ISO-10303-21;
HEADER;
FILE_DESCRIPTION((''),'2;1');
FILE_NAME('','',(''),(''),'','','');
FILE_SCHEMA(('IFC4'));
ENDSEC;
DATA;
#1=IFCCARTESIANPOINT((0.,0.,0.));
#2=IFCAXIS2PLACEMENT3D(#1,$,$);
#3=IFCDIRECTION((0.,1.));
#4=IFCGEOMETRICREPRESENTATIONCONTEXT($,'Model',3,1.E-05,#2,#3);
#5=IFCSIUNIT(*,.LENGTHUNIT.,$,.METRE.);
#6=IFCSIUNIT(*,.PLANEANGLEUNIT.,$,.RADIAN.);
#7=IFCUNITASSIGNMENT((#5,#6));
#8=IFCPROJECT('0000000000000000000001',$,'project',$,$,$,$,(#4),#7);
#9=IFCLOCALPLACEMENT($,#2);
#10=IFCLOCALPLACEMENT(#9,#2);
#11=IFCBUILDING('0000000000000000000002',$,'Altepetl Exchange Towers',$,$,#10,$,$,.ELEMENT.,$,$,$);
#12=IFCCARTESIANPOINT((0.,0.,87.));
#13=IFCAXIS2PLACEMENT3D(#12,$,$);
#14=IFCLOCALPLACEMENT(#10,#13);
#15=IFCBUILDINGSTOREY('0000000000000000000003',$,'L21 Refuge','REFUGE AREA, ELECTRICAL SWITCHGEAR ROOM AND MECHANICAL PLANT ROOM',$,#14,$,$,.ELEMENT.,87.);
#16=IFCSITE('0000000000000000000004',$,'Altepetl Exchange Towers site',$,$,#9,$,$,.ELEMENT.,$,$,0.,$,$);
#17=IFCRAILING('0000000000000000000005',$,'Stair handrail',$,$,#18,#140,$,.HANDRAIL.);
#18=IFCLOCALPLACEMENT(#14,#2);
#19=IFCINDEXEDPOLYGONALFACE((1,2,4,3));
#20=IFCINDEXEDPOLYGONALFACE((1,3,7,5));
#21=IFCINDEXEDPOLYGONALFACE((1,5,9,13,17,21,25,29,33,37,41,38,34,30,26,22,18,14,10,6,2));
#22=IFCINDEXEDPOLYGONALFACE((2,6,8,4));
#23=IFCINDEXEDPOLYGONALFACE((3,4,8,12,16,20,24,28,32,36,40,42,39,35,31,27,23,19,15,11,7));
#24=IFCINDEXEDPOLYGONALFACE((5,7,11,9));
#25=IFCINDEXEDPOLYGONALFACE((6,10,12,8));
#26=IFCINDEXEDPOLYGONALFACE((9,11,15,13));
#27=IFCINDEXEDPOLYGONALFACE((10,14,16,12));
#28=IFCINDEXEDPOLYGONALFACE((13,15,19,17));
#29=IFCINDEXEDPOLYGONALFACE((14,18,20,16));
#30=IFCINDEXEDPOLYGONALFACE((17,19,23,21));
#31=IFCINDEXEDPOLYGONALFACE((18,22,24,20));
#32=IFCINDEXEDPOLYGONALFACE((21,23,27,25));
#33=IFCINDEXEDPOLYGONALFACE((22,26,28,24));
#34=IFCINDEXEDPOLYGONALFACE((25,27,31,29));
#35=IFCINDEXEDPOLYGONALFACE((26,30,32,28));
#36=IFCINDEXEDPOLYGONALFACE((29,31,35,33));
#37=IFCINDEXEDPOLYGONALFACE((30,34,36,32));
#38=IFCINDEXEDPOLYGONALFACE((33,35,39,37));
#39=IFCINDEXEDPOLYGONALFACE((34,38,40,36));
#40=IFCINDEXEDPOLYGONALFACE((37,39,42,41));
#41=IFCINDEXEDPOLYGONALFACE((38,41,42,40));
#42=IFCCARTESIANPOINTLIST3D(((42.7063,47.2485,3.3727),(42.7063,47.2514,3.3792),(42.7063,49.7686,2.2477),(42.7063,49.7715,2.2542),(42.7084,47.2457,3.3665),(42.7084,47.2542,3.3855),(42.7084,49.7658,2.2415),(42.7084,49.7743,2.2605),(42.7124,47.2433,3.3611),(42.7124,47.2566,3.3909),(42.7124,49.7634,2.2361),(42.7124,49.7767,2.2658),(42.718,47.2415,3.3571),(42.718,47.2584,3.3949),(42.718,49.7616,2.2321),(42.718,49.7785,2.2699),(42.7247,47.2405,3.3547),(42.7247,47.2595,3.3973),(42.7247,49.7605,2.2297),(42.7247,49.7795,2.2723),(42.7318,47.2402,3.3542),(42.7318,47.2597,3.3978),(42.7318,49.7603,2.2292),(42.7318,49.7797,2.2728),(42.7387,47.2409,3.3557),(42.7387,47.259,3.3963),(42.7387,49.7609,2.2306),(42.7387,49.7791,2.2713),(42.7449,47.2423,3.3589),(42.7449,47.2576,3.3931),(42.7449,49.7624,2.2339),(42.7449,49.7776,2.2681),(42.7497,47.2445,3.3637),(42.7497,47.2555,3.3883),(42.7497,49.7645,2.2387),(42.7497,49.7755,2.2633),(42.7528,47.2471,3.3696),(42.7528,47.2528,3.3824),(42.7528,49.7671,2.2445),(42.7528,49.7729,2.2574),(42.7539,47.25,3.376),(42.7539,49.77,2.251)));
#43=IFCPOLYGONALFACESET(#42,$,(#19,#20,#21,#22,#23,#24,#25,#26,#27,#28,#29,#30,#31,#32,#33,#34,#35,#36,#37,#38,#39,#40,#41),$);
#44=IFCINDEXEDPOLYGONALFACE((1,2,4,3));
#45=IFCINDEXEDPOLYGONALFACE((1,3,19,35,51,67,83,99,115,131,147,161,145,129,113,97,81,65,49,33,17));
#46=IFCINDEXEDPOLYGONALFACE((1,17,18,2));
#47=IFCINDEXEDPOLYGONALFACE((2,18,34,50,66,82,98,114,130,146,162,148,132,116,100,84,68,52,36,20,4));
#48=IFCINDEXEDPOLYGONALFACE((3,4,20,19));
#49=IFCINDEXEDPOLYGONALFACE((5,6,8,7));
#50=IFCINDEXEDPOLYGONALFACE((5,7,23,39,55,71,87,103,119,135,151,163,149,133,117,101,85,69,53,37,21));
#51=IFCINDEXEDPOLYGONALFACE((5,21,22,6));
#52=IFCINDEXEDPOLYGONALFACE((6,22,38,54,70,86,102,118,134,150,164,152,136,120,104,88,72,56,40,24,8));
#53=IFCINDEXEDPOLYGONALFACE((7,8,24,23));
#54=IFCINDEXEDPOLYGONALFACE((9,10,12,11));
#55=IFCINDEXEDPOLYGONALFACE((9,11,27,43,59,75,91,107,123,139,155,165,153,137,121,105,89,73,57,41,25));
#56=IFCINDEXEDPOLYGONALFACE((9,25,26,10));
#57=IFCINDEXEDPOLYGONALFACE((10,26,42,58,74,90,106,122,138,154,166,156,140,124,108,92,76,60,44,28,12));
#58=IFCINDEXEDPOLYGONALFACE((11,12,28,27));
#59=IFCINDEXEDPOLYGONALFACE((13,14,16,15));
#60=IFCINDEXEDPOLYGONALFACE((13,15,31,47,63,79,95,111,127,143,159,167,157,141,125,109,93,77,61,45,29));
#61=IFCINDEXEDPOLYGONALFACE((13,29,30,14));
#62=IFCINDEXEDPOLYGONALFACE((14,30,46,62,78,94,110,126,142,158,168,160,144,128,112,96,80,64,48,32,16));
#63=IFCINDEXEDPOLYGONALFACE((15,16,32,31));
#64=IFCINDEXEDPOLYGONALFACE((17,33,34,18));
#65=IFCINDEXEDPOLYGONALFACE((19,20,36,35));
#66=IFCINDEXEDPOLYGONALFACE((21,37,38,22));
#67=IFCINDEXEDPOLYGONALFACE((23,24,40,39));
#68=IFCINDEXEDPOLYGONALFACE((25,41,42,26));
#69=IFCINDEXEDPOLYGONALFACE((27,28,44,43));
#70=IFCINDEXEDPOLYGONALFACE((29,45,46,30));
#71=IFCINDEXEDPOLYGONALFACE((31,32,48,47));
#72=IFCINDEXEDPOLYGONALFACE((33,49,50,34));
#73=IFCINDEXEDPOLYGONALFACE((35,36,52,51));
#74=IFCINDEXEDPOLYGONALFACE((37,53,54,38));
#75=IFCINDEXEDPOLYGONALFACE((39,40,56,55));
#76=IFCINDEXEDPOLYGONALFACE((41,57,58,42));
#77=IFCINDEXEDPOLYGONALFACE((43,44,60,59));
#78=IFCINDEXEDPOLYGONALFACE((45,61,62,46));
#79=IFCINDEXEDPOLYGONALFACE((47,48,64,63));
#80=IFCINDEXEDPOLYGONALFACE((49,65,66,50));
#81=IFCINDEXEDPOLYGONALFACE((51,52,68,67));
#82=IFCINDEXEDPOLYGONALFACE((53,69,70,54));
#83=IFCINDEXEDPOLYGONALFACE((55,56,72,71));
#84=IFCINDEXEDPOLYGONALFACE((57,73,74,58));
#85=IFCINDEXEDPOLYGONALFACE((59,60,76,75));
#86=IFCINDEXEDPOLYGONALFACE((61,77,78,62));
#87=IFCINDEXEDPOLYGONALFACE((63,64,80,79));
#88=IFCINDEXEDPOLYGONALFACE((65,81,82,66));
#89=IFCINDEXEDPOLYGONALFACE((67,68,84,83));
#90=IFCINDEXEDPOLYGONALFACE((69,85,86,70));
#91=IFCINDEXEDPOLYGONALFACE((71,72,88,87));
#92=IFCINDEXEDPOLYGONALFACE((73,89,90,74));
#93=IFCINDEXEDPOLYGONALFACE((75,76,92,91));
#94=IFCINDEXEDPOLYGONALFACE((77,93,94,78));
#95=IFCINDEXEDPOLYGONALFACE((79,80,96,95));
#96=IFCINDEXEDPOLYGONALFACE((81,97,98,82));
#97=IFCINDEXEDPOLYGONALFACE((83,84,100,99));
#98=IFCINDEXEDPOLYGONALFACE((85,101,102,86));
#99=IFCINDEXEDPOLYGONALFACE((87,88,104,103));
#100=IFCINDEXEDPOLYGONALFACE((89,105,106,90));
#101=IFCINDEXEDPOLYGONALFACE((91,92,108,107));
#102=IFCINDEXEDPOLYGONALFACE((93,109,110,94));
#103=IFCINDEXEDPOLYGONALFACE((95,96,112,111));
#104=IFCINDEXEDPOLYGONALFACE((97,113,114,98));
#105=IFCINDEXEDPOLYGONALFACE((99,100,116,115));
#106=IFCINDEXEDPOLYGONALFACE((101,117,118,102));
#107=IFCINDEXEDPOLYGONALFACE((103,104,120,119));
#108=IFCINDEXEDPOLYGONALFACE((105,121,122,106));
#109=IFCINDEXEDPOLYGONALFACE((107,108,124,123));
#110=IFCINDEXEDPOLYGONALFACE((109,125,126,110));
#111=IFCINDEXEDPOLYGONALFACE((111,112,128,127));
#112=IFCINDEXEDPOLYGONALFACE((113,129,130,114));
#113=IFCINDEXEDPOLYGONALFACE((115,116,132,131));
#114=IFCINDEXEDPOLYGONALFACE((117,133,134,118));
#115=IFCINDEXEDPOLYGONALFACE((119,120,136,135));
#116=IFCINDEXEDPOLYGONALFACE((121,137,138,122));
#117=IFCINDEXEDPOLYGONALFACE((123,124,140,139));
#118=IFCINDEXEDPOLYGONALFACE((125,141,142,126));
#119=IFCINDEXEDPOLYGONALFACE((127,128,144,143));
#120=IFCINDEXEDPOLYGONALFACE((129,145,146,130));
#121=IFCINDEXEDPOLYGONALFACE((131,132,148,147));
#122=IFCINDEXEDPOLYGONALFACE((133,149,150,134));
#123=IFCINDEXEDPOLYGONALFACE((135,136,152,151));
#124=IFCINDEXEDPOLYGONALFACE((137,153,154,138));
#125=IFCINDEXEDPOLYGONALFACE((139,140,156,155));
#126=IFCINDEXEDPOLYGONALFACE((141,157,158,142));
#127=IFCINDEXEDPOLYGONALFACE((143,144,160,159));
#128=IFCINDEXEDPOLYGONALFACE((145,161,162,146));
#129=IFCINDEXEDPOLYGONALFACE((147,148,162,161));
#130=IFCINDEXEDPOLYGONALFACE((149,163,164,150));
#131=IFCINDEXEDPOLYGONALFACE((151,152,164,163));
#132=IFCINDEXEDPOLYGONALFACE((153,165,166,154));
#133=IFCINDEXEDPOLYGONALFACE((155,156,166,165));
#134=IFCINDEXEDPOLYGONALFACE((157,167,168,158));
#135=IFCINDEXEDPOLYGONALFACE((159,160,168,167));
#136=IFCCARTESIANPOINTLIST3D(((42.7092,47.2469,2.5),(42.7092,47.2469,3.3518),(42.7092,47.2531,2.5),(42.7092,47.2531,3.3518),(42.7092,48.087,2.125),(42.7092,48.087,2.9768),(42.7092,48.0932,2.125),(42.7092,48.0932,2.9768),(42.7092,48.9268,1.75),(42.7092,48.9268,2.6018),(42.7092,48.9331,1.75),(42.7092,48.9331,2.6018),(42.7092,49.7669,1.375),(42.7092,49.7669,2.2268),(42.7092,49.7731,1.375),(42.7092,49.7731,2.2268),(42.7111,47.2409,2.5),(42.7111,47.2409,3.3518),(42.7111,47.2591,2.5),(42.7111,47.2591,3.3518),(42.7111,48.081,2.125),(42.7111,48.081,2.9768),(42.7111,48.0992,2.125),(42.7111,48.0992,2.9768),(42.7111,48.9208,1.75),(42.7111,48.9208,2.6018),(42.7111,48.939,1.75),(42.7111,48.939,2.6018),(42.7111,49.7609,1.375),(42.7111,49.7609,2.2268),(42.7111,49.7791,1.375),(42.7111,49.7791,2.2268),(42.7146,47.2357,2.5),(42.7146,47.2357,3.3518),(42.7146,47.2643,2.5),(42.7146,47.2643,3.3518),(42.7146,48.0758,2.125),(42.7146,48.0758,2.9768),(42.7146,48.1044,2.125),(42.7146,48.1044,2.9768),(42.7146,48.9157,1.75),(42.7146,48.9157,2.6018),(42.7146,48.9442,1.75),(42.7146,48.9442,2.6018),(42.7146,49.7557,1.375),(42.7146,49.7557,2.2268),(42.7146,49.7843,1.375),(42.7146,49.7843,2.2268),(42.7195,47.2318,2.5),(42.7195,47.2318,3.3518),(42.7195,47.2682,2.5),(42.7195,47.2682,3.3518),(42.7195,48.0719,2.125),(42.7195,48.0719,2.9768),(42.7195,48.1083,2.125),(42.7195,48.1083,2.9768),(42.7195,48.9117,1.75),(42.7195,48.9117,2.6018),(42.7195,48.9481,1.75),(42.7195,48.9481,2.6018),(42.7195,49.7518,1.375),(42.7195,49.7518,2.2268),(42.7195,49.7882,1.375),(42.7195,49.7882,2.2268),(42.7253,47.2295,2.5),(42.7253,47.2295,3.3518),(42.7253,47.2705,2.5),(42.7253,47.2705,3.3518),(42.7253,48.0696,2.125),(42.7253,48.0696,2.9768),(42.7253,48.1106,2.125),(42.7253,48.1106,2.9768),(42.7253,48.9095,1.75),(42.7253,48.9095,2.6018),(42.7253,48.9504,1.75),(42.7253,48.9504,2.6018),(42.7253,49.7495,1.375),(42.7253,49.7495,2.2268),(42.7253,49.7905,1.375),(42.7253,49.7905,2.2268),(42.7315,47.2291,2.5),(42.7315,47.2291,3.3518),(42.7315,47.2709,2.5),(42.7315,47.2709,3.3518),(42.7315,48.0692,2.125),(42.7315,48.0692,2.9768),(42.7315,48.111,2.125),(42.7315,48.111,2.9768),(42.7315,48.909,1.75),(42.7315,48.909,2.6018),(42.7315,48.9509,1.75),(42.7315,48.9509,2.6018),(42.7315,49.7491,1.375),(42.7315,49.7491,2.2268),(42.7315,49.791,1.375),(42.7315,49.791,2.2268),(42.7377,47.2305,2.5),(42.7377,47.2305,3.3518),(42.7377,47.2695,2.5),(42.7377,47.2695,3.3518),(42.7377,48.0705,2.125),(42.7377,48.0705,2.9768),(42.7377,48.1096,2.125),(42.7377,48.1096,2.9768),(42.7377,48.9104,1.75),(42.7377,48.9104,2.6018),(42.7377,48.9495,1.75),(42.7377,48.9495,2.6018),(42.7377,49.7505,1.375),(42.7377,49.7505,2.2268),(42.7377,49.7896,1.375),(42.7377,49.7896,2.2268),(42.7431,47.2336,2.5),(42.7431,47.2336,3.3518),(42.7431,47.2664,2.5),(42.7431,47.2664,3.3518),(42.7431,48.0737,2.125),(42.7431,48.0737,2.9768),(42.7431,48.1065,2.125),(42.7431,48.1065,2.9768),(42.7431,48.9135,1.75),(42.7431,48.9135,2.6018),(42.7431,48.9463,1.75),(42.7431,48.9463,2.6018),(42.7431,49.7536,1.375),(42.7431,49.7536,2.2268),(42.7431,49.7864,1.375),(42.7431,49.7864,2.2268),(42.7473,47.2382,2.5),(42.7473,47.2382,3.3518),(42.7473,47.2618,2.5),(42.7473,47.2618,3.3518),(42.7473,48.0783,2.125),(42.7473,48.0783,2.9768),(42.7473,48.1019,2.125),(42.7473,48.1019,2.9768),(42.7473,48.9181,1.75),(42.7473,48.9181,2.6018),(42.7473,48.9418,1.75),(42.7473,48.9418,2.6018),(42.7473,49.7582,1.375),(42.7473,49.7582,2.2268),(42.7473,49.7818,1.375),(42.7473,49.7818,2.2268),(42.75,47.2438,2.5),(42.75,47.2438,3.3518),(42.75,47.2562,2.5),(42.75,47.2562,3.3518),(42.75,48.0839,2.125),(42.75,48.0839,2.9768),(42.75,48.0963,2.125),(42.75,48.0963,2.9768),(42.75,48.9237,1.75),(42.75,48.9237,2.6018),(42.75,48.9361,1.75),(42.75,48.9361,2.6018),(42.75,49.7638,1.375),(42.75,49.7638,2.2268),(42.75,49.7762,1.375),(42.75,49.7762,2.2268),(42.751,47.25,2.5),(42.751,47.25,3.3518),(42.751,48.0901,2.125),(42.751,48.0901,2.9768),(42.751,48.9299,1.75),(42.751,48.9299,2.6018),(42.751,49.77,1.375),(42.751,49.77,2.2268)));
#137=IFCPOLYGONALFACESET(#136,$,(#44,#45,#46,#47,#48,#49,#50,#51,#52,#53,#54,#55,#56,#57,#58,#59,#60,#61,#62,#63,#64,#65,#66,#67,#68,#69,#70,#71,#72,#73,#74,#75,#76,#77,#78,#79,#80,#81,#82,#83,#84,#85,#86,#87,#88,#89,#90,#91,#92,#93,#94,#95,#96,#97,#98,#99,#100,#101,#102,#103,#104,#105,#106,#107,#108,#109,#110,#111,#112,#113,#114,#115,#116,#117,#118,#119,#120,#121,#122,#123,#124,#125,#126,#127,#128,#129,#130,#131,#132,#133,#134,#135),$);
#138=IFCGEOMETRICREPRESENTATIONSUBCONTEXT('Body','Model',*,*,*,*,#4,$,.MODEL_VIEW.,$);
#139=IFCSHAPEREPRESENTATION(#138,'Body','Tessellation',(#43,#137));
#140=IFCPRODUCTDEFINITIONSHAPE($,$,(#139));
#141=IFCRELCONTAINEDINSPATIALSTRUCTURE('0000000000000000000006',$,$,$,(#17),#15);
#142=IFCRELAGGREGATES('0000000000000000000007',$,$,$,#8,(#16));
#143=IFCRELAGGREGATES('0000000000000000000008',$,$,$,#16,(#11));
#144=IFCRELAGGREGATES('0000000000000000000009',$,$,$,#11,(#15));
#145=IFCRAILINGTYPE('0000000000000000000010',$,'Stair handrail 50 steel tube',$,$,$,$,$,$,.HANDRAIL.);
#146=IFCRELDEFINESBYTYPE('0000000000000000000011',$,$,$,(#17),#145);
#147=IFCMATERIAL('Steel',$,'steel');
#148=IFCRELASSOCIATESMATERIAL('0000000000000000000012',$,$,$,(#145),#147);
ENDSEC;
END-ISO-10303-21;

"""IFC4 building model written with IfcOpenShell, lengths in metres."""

from ifc_helpers import new_model, si_unit, direction, frame, origin, origin_2d, place, context, subcontext, project, spatial, circle, extrude, source, transform, mapped, material, type_object, element, save


model = new_model("IFC4")

# Units and contexts
model_context = context("Model", 3, precision=1e-05, world=origin(), true_north=direction((0.0, 1.0)))
body_context = subcontext(model_context, "Body", "Model", "MODEL_VIEW")
ifc_project = project(units=[si_unit("LENGTHUNIT", "METRE"), si_unit("PLANEANGLEUNIT", "RADIAN")], contexts=[model_context])

# Site, building, storey
site_placement = place(None, origin())
site = spatial("IfcSite", under=ifc_project, at=site_placement, Name="Altepetl Exchange Towers site", CompositionType="ELEMENT", RefElevation=0.0)
building_placement = place(site_placement, origin())
building = spatial("IfcBuilding", under=site, at=building_placement, Name="Altepetl Exchange Towers", CompositionType="ELEMENT")
storey_placement = place(building_placement, frame((0.0, 0.0, 87.0)))
storey = spatial("IfcBuildingStorey", under=building, at=storey_placement, Name="L21 Refuge", Description="REFUGE AREA, ELECTRICAL SWITCHGEAR ROOM AND MECHANICAL PLANT ROOM", CompositionType="ELEMENT", Elevation=87.0)

# Railing
ifc_material_1 = material(Name="Steel", Category="steel")
railing_type = type_object("IfcRailingType", Name="Stair handrail 50 steel tube", PredefinedType="HANDRAIL", material=ifc_material_1)
shared_shape = source(origin(), body_context, "Body", "SweptSolid", [
    extrude(circle(Radius=0.021, at=origin_2d()), origin(), (0.0, 0.0, 1.0), 0.8518),
])
railing_1_placement = place(storey_placement, frame((42.73, 49.77, 1.375)))
element("IfcRailing", 1, at=railing_1_placement, inside=storey, type_object=railing_type, Name="Stair handrail", PredefinedType="HANDRAIL", context=body_context, shape_type="SweptSolid", body=[
    extrude(circle(Radius=0.0239, at=origin_2d()), frame((0.0, 0.0, 0.876), z_axis=(0.0, -0.913139, 0.407648), x_axis=(1.0, 0.0, 0.0)), (0.0, 0.0, 1.0), 2.7598),
    mapped(shared_shape, transform((0.0, 0.0, 0.0))),
    mapped(shared_shape, transform((0.0, -0.8401, 0.375))),
    mapped(shared_shape, transform((0.0, -1.6799, 0.75))),
    mapped(shared_shape, transform((0.0, -2.52, 1.125))),
])

save(model, "model.ifc")
